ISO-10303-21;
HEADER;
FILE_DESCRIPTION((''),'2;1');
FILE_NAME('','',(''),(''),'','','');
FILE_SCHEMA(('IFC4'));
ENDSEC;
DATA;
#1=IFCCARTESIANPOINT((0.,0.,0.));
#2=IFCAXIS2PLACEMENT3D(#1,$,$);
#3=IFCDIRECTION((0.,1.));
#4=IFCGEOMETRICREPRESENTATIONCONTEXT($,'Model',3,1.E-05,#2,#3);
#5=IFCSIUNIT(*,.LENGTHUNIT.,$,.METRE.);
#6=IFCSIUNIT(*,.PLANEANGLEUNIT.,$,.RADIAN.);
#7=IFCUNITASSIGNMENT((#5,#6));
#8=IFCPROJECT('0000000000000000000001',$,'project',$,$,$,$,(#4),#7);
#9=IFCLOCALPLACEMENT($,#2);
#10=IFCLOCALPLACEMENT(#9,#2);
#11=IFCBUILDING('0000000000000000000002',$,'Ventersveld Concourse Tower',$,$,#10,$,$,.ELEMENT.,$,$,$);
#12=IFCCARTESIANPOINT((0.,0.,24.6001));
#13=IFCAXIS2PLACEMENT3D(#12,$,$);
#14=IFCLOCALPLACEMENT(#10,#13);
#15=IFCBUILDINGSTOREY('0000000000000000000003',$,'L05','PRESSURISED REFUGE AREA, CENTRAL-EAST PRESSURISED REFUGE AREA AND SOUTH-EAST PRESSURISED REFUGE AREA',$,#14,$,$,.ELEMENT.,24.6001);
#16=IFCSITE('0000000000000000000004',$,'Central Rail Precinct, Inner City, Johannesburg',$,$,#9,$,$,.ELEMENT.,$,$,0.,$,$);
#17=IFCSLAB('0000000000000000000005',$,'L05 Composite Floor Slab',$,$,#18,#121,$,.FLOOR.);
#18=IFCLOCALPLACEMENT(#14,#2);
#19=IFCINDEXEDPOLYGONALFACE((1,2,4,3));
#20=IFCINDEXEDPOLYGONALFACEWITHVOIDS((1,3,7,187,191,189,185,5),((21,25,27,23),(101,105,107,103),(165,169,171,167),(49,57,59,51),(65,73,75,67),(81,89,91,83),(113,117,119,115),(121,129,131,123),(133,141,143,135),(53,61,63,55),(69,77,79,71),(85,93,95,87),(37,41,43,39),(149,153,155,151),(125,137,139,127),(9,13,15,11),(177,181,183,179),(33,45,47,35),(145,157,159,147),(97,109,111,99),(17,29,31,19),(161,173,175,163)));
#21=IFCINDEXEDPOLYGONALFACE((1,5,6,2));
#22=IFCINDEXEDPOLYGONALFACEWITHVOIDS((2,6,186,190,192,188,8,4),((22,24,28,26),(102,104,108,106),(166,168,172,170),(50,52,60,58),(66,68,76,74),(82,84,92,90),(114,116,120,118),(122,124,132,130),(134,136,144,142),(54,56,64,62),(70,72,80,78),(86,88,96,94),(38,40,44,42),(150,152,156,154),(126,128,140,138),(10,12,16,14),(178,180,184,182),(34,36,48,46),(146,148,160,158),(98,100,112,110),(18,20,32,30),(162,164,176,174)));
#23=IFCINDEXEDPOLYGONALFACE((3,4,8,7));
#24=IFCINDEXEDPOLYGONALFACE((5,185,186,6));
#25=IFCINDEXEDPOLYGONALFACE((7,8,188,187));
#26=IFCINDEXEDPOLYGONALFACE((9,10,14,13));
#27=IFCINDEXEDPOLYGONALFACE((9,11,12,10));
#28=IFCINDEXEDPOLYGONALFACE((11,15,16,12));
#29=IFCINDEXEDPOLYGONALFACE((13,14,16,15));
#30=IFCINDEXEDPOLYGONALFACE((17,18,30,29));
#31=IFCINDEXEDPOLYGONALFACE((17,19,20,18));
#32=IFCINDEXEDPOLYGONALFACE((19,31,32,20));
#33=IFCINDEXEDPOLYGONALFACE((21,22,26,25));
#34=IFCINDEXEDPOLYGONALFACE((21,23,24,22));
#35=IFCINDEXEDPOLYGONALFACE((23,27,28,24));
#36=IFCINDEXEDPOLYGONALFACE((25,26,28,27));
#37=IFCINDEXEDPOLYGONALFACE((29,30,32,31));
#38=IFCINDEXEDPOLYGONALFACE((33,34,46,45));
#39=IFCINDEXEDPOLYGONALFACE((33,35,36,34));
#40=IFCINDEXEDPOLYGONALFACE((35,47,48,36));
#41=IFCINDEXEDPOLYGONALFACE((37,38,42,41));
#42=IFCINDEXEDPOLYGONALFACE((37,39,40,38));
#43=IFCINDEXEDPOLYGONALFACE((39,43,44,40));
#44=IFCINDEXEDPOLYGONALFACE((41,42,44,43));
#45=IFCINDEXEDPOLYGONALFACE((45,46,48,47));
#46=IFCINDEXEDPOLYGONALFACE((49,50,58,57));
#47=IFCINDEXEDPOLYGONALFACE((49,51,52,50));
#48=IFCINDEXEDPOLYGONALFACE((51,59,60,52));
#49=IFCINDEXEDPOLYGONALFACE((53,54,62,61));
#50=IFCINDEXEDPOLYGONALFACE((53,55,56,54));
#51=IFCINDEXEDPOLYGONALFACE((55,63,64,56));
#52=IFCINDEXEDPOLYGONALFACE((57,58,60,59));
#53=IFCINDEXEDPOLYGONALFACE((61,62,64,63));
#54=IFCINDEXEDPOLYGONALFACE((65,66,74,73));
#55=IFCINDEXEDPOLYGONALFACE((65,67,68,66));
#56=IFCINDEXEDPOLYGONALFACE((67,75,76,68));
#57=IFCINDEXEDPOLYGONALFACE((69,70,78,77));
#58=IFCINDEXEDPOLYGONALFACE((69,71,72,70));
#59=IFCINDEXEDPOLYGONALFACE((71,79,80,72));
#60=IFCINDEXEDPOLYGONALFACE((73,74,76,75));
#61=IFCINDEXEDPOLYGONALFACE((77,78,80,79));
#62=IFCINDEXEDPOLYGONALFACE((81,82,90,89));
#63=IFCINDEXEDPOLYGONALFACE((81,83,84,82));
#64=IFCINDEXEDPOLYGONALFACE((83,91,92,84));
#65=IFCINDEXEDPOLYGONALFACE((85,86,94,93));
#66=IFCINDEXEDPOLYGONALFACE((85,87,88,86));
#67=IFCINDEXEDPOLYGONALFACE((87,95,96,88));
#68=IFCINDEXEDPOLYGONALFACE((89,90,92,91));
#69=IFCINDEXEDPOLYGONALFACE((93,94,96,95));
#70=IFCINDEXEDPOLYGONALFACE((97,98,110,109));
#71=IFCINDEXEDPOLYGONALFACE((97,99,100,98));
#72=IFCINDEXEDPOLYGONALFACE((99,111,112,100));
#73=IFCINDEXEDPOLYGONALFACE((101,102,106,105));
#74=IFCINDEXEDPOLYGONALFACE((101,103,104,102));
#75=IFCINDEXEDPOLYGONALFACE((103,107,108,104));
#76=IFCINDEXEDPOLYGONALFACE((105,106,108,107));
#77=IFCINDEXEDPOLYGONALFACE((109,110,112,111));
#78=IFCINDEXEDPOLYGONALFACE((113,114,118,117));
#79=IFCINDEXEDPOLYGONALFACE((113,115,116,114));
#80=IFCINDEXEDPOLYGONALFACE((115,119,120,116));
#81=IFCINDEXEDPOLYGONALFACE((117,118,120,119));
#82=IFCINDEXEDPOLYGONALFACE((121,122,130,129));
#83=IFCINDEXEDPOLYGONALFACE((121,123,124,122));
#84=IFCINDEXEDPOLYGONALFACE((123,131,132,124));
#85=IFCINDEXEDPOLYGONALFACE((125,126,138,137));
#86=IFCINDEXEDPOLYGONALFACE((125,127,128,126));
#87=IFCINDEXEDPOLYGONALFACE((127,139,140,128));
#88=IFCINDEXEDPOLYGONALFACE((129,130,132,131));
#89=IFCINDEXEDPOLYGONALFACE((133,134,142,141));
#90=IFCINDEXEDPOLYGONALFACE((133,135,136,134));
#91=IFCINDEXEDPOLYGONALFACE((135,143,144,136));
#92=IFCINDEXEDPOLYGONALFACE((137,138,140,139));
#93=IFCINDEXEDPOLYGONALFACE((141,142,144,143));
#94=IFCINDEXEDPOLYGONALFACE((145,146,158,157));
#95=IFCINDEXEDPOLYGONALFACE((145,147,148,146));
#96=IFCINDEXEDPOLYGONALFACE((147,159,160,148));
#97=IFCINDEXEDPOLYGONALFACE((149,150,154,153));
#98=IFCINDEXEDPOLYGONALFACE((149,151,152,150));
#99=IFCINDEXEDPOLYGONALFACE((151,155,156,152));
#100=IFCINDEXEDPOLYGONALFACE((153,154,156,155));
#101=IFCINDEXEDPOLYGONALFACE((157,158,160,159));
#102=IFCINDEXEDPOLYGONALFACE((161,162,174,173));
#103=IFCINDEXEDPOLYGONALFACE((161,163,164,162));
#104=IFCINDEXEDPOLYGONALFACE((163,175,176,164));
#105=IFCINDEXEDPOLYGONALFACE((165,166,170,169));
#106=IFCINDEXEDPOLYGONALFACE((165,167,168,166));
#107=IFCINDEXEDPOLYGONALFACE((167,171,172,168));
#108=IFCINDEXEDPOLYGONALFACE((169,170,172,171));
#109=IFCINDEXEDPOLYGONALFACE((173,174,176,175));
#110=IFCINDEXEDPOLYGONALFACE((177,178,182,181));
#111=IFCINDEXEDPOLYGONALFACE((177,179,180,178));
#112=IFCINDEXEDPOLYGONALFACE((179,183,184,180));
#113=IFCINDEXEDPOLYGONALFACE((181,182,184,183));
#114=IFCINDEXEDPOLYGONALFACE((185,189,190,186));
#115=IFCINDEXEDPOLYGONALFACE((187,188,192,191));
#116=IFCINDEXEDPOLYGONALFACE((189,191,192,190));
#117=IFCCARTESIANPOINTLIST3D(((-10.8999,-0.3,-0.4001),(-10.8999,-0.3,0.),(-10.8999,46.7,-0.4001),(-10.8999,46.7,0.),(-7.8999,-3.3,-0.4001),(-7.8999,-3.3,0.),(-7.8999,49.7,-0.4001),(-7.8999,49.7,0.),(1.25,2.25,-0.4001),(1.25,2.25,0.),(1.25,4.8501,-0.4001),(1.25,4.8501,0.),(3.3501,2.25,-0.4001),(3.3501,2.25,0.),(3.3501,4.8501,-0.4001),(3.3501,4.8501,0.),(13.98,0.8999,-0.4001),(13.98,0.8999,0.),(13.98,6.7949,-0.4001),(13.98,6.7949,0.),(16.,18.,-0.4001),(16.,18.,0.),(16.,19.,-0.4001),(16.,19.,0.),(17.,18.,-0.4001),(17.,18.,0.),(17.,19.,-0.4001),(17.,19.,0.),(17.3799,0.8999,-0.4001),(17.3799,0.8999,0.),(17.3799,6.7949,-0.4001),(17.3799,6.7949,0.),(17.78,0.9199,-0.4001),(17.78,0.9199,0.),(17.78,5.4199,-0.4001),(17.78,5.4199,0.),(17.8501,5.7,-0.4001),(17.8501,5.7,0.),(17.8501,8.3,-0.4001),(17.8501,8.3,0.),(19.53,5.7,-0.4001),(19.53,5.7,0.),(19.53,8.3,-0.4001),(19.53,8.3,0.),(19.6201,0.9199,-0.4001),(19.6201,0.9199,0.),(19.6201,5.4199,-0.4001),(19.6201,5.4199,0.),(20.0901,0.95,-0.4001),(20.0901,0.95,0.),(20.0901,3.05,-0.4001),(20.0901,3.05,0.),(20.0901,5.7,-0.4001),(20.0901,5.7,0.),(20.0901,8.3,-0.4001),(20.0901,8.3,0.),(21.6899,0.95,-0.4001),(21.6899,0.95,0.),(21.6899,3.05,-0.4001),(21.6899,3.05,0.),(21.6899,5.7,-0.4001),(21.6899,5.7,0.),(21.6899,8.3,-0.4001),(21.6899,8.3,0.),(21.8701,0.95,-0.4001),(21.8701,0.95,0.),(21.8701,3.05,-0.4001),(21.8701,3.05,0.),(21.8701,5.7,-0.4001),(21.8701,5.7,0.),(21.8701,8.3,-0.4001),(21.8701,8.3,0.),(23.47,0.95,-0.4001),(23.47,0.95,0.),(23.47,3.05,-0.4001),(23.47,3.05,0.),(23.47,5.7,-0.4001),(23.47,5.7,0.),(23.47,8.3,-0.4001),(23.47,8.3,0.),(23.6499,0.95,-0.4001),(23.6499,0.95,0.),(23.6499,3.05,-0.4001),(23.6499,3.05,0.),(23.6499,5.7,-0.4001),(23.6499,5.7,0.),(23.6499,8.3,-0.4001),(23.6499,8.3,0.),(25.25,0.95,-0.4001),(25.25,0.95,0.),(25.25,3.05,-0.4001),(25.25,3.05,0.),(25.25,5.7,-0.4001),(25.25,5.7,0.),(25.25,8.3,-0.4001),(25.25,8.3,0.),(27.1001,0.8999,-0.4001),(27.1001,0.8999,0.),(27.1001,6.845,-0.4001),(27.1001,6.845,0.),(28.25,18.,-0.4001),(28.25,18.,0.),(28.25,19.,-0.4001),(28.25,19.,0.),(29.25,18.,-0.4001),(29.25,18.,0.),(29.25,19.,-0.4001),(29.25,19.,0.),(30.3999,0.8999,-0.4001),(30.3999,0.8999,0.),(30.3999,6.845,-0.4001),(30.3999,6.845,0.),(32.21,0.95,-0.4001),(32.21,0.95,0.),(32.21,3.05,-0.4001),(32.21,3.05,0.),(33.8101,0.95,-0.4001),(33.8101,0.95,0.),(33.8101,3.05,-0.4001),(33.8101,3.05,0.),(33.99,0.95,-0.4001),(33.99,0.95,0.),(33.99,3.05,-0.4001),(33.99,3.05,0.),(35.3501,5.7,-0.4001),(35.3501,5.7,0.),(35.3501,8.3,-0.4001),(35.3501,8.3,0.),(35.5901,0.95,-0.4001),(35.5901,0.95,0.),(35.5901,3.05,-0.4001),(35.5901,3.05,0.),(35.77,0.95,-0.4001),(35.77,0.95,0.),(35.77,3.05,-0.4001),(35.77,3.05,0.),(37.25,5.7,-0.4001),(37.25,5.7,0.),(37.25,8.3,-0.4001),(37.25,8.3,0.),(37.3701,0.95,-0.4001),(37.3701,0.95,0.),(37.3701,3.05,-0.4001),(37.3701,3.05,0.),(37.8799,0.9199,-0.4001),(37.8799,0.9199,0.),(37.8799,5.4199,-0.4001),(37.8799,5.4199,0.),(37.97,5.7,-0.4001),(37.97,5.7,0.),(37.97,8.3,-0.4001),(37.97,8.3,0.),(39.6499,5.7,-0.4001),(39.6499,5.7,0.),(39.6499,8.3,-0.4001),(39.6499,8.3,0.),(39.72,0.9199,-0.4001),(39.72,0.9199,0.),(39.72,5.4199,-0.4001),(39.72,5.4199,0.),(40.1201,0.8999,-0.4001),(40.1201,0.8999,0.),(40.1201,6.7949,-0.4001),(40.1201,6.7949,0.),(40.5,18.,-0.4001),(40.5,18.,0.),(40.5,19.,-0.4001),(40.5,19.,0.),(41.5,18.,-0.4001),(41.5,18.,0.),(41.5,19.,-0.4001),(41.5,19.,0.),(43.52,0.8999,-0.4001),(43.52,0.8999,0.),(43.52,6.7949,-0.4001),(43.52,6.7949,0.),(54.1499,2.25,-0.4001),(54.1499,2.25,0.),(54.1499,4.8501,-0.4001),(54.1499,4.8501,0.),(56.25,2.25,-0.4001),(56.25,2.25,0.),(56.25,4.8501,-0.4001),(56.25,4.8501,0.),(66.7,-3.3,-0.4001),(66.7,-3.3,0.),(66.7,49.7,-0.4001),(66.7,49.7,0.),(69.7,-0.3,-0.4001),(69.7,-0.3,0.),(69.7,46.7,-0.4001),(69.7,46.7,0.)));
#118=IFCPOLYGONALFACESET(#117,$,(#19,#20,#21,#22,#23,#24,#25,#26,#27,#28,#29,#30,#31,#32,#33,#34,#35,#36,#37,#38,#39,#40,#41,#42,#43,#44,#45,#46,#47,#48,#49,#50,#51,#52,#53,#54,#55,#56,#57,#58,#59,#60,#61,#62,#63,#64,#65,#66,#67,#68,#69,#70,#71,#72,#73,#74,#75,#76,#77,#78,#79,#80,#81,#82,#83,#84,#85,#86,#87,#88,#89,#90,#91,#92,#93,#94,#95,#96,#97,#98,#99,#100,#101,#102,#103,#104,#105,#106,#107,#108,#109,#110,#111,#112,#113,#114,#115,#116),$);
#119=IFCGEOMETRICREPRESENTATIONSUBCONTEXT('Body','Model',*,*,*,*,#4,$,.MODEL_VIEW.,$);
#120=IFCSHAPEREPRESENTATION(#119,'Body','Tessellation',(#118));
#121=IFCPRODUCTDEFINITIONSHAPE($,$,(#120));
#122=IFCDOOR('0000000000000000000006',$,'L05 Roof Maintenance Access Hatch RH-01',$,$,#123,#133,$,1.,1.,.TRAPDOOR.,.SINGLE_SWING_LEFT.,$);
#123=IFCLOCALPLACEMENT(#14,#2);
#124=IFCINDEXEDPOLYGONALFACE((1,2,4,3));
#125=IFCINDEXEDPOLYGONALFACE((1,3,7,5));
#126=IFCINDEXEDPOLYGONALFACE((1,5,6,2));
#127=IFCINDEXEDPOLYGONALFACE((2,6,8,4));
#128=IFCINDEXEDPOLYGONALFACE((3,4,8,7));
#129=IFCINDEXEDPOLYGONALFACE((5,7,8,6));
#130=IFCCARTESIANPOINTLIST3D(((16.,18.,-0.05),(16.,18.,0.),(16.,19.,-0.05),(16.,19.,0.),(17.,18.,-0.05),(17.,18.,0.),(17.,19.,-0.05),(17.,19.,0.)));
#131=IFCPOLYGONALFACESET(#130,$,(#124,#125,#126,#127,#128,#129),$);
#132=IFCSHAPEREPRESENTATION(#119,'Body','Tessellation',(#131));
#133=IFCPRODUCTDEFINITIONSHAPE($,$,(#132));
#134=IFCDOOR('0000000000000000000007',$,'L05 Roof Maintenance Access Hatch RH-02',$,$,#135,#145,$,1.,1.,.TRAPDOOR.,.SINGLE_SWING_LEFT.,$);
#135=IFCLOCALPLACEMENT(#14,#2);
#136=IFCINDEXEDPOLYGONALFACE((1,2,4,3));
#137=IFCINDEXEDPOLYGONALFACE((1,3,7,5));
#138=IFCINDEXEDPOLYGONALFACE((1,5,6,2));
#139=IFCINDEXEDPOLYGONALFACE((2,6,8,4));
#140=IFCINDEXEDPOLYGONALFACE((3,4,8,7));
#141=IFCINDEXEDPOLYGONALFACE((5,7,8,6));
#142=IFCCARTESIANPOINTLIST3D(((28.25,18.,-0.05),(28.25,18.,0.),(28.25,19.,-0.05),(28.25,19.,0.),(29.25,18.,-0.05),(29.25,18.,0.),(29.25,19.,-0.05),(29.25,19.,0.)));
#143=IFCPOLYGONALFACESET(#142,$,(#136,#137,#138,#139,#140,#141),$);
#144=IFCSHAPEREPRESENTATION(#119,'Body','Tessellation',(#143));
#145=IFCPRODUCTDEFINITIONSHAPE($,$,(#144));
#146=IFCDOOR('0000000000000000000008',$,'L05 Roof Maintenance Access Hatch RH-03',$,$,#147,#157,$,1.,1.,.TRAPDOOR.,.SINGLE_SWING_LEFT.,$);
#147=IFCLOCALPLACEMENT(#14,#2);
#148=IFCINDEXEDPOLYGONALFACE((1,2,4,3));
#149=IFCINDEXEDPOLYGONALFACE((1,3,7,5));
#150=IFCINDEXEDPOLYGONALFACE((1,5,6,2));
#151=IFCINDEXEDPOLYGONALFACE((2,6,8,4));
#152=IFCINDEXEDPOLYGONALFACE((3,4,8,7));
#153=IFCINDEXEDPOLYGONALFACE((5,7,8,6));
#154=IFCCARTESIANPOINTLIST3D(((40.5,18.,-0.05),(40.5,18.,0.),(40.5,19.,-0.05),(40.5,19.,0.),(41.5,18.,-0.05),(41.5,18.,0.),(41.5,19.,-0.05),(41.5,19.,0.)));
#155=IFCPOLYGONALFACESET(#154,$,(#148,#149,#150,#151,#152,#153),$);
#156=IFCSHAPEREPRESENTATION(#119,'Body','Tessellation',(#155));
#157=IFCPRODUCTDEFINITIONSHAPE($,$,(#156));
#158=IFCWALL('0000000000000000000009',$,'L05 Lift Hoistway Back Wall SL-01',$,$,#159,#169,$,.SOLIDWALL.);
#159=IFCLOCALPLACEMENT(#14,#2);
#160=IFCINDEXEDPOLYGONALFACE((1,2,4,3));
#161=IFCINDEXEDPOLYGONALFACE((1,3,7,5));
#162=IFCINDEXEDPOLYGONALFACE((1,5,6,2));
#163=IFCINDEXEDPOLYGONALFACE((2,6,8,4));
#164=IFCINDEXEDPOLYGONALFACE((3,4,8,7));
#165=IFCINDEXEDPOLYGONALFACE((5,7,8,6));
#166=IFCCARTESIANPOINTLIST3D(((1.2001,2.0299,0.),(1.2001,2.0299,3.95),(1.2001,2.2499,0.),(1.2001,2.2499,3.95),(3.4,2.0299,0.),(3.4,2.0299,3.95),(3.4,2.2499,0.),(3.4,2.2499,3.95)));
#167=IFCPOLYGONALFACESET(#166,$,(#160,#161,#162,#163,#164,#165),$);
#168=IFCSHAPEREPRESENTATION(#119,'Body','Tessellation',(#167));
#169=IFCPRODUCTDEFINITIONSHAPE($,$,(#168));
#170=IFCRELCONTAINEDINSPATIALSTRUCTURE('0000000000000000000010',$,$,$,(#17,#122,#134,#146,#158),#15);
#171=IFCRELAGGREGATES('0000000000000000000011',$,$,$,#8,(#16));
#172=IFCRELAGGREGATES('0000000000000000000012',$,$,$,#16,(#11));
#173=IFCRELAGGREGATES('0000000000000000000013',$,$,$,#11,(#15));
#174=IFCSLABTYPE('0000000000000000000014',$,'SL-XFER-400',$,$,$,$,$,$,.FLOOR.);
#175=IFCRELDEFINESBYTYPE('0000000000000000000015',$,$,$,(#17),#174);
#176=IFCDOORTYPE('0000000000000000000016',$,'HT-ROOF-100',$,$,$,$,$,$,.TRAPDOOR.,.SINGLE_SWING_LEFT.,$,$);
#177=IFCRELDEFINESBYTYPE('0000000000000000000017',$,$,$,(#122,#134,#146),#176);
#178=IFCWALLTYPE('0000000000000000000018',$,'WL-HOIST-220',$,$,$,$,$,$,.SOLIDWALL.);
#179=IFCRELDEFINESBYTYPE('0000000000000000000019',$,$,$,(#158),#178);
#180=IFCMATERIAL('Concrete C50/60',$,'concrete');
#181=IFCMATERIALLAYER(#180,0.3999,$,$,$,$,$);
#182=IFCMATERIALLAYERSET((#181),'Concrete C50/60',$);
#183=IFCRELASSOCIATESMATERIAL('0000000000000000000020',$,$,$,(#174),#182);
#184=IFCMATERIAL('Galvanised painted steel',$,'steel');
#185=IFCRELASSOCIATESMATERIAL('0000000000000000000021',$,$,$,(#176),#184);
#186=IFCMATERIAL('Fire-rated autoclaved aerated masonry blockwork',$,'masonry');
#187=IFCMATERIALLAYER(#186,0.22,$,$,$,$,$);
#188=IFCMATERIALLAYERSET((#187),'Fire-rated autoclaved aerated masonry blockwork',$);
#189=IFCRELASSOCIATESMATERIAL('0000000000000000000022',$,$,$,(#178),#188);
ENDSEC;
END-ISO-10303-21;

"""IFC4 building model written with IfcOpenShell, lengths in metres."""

from ifc_helpers import new_model, si_unit, direction, frame, frame_2d, origin, origin_2d, place, context, subcontext, project, spatial, polyline, rectangle, outline, extrude, material, layer, layer_set, type_object, element, fill, save


model = new_model("IFC4")

# Units and contexts
model_context = context("Model", 3, precision=1e-05, world=origin(), true_north=direction((0.0, 1.0)))
body_context = subcontext(model_context, "Body", "Model", "MODEL_VIEW")
ifc_project = project(units=[si_unit("LENGTHUNIT", "METRE"), si_unit("PLANEANGLEUNIT", "RADIAN")], contexts=[model_context])

# Site, building, storey
site_placement = place(None, origin())
site = spatial("IfcSite", under=ifc_project, at=site_placement, Name="Central Rail Precinct, Inner City, Johannesburg", CompositionType="ELEMENT", RefElevation=0.0)
building_placement = place(site_placement, origin())
building = spatial("IfcBuilding", under=site, at=building_placement, Name="Ventersveld Concourse Tower", CompositionType="ELEMENT")
storey_placement = place(building_placement, frame((0.0, 0.0, 24.6001)))
storey = spatial("IfcBuildingStorey", under=building, at=storey_placement, Name="L05", Description="PRESSURISED REFUGE AREA, CENTRAL-EAST PRESSURISED REFUGE AREA AND SOUTH-EAST PRESSURISED REFUGE AREA", CompositionType="ELEMENT", Elevation=24.6001)

# Shared definitions
ifc_material_1 = material(Name="Concrete C50/60", Category="concrete")

# Slab, openings, doors
ifc_layer_1 = layer(ifc_material_1, 0.3999)
ifc_layer_set_1 = layer_set([ifc_layer_1], Name="Concrete C50/60")
slab_type_1 = type_object("IfcSlabType", Name="SL-XFER-400", PredefinedType="FLOOR", material=ifc_layer_set_1)
slab_1_placement = place(storey_placement, frame((0.0, 0.0, -0.4001)))
slab_1 = element("IfcSlab", 1, at=slab_1_placement, inside=storey, type_object=slab_type_1, Name="L05 Composite Floor Slab", PredefinedType="FLOOR", context=body_context, shape_type="SweptSolid", body=[
    extrude(outline(polyline([(-7.8999, -3.3), (66.7, -3.3), (69.7, -0.3), (69.7, 46.7), (66.7, 49.7), (-7.8999, 49.7), (-10.8999, 46.7), (-10.8999, -0.3), (-7.8999, -3.3)]), holes=[polyline([(13.98, 6.7949), (13.98, 0.8999), (17.3799, 0.8999), (17.3799, 6.7949), (13.98, 6.7949)]), polyline([(40.1201, 6.7949), (40.1201, 0.8999), (43.52, 0.8999), (43.52, 6.7949), (40.1201, 6.7949)]), polyline([(27.1001, 6.845), (27.1001, 0.8999), (30.3999, 0.8999), (30.3999, 6.845), (27.1001, 6.845)]), polyline([(17.8501, 5.7), (19.53, 5.7), (19.53, 8.3), (17.8501, 8.3), (17.8501, 5.7)]), polyline([(37.97, 5.7), (39.6499, 5.7), (39.6499, 8.3), (37.97, 8.3), (37.97, 5.7)]), polyline([(35.3501, 5.7), (37.25, 5.7), (37.25, 8.3), (35.3501, 8.3), (35.3501, 5.7)]), polyline([(20.0901, 0.95), (21.6899, 0.95), (21.6899, 3.05), (20.0901, 3.05), (20.0901, 0.95)]), polyline([(21.8701, 0.95), (23.47, 0.95), (23.47, 3.05), (21.8701, 3.05), (21.8701, 0.95)]), polyline([(23.6499, 0.95), (25.25, 0.95), (25.25, 3.05), (23.6499, 3.05), (23.6499, 0.95)]), polyline([(32.21, 0.95), (33.8101, 0.95), (33.8101, 3.05), (32.21, 3.05), (32.21, 0.95)]), polyline([(33.99, 0.95), (35.5901, 0.95), (35.5901, 3.05), (33.99, 3.05), (33.99, 0.95)]), polyline([(35.77, 0.95), (37.3701, 0.95), (37.3701, 3.05), (35.77, 3.05), (35.77, 0.95)]), polyline([(20.0901, 5.7), (21.6899, 5.7), (21.6899, 8.3), (20.0901, 8.3), (20.0901, 5.7)]), polyline([(21.8701, 5.7), (23.47, 5.7), (23.47, 8.3), (21.8701, 8.3), (21.8701, 5.7)]), polyline([(23.6499, 5.7), (25.25, 5.7), (25.25, 8.3), (23.6499, 8.3), (23.6499, 5.7)]), polyline([(1.25, 2.25), (3.3501, 2.25), (3.3501, 4.8501), (1.25, 4.8501), (1.25, 2.25)]), polyline([(54.1499, 2.25), (56.25, 2.25), (56.25, 4.8501), (54.1499, 4.8501), (54.1499, 2.25)]), polyline([(17.78, 0.9199), (19.6201, 0.9199), (19.6201, 5.4199), (17.78, 5.4199), (17.78, 0.9199)]), polyline([(37.8799, 0.9199), (39.72, 0.9199), (39.72, 5.4199), (37.8799, 5.4199), (37.8799, 0.9199)])]), origin(), (0.0, 0.0, 1.0), 0.4001),
])
opening_1_placement = place(slab_1_placement, frame((16.5, 18.5, -0.01)))
opening_1 = element("IfcOpeningElement", 2, at=opening_1_placement, cuts=slab_1, PredefinedType="OPENING", context=body_context, shape_type="SweptSolid", body=[
    extrude(rectangle(XDim=1.0, YDim=1.0, at=origin_2d()), origin(), (0.0, 0.0, 1.0), 0.4202),
])
opening_2_placement = place(slab_1_placement, frame((28.75, 18.5, -0.01)))
opening_2 = element("IfcOpeningElement", 3, at=opening_2_placement, cuts=slab_1, PredefinedType="OPENING", context=body_context, shape_type="SweptSolid", body=[
    extrude(rectangle(XDim=1.0, YDim=1.0, at=origin_2d()), origin(), (0.0, 0.0, 1.0), 0.4202),
])
opening_3_placement = place(slab_1_placement, frame((41.0, 18.5, -0.01)))
opening_3 = element("IfcOpeningElement", 4, at=opening_3_placement, cuts=slab_1, PredefinedType="OPENING", context=body_context, shape_type="SweptSolid", body=[
    extrude(rectangle(XDim=1.0, YDim=1.0, at=origin_2d()), origin(), (0.0, 0.0, 1.0), 0.4202),
])
ifc_material_2 = material(Name="Galvanised painted steel", Category="steel")
door_type = type_object("IfcDoorType", Name="HT-ROOF-100", OperationType="SINGLE_SWING_LEFT", PredefinedType="TRAPDOOR", material=ifc_material_2)
door_1_placement = place(slab_1_placement, frame((16.5, 18.5, 0.3501)))
door_1 = element("IfcDoor", 5, at=door_1_placement, inside=storey, type_object=door_type, Name="L05 Roof Maintenance Access Hatch RH-01", OperationType="SINGLE_SWING_LEFT", OverallHeight=1.0, OverallWidth=1.0, PredefinedType="TRAPDOOR", context=body_context, shape_type="SweptSolid", body=[
    extrude(rectangle(XDim=1.0, YDim=1.0, at=origin_2d()), origin(), (0.0, 0.0, 1.0), 0.05),
])
fill(opening_1, door_1)
door_2_placement = place(slab_1_placement, frame((28.75, 18.5, 0.3501)))
door_2 = element("IfcDoor", 6, at=door_2_placement, inside=storey, type_object=door_type, Name="L05 Roof Maintenance Access Hatch RH-02", OperationType="SINGLE_SWING_LEFT", OverallHeight=1.0, OverallWidth=1.0, PredefinedType="TRAPDOOR", context=body_context, shape_type="SweptSolid", body=[
    extrude(rectangle(XDim=1.0, YDim=1.0, at=origin_2d()), origin(), (0.0, 0.0, 1.0), 0.05),
])
fill(opening_2, door_2)
door_3_placement = place(slab_1_placement, frame((41.0, 18.5, 0.3501)))
door_3 = element("IfcDoor", 7, at=door_3_placement, inside=storey, type_object=door_type, Name="L05 Roof Maintenance Access Hatch RH-03", OperationType="SINGLE_SWING_LEFT", OverallHeight=1.0, OverallWidth=1.0, PredefinedType="TRAPDOOR", context=body_context, shape_type="SweptSolid", body=[
    extrude(rectangle(XDim=1.0, YDim=1.0, at=origin_2d()), origin(), (0.0, 0.0, 1.0), 0.05),
])
fill(opening_3, door_3)

# Wall
ifc_material_3 = material(Name="Fire-rated autoclaved aerated masonry blockwork", Category="masonry")
ifc_layer_2 = layer(ifc_material_3, 0.22)
ifc_layer_set_2 = layer_set([ifc_layer_2], Name="Fire-rated autoclaved aerated masonry blockwork")
wall_type_1 = type_object("IfcWallType", Name="WL-HOIST-220", PredefinedType="SOLIDWALL", material=ifc_layer_set_2)
wall_1_placement = place(storey_placement, frame((1.2, 2.1399, 0.0), z_axis=(0.0, 0.0, 1.0), x_axis=(1.0, 0.0, 0.0)))
element("IfcWall", 8, at=wall_1_placement, inside=storey, type_object=wall_type_1, Name="L05 Lift Hoistway Back Wall SL-01", PredefinedType="SOLIDWALL", context=body_context, shape_type="SweptSolid", body=[
    extrude(rectangle(XDim=2.2, YDim=0.22, at=frame_2d((1.1001, 0.0))), origin(), (0.0, 0.0, 1.0), 3.95),
])

save(model, "model.ifc")
